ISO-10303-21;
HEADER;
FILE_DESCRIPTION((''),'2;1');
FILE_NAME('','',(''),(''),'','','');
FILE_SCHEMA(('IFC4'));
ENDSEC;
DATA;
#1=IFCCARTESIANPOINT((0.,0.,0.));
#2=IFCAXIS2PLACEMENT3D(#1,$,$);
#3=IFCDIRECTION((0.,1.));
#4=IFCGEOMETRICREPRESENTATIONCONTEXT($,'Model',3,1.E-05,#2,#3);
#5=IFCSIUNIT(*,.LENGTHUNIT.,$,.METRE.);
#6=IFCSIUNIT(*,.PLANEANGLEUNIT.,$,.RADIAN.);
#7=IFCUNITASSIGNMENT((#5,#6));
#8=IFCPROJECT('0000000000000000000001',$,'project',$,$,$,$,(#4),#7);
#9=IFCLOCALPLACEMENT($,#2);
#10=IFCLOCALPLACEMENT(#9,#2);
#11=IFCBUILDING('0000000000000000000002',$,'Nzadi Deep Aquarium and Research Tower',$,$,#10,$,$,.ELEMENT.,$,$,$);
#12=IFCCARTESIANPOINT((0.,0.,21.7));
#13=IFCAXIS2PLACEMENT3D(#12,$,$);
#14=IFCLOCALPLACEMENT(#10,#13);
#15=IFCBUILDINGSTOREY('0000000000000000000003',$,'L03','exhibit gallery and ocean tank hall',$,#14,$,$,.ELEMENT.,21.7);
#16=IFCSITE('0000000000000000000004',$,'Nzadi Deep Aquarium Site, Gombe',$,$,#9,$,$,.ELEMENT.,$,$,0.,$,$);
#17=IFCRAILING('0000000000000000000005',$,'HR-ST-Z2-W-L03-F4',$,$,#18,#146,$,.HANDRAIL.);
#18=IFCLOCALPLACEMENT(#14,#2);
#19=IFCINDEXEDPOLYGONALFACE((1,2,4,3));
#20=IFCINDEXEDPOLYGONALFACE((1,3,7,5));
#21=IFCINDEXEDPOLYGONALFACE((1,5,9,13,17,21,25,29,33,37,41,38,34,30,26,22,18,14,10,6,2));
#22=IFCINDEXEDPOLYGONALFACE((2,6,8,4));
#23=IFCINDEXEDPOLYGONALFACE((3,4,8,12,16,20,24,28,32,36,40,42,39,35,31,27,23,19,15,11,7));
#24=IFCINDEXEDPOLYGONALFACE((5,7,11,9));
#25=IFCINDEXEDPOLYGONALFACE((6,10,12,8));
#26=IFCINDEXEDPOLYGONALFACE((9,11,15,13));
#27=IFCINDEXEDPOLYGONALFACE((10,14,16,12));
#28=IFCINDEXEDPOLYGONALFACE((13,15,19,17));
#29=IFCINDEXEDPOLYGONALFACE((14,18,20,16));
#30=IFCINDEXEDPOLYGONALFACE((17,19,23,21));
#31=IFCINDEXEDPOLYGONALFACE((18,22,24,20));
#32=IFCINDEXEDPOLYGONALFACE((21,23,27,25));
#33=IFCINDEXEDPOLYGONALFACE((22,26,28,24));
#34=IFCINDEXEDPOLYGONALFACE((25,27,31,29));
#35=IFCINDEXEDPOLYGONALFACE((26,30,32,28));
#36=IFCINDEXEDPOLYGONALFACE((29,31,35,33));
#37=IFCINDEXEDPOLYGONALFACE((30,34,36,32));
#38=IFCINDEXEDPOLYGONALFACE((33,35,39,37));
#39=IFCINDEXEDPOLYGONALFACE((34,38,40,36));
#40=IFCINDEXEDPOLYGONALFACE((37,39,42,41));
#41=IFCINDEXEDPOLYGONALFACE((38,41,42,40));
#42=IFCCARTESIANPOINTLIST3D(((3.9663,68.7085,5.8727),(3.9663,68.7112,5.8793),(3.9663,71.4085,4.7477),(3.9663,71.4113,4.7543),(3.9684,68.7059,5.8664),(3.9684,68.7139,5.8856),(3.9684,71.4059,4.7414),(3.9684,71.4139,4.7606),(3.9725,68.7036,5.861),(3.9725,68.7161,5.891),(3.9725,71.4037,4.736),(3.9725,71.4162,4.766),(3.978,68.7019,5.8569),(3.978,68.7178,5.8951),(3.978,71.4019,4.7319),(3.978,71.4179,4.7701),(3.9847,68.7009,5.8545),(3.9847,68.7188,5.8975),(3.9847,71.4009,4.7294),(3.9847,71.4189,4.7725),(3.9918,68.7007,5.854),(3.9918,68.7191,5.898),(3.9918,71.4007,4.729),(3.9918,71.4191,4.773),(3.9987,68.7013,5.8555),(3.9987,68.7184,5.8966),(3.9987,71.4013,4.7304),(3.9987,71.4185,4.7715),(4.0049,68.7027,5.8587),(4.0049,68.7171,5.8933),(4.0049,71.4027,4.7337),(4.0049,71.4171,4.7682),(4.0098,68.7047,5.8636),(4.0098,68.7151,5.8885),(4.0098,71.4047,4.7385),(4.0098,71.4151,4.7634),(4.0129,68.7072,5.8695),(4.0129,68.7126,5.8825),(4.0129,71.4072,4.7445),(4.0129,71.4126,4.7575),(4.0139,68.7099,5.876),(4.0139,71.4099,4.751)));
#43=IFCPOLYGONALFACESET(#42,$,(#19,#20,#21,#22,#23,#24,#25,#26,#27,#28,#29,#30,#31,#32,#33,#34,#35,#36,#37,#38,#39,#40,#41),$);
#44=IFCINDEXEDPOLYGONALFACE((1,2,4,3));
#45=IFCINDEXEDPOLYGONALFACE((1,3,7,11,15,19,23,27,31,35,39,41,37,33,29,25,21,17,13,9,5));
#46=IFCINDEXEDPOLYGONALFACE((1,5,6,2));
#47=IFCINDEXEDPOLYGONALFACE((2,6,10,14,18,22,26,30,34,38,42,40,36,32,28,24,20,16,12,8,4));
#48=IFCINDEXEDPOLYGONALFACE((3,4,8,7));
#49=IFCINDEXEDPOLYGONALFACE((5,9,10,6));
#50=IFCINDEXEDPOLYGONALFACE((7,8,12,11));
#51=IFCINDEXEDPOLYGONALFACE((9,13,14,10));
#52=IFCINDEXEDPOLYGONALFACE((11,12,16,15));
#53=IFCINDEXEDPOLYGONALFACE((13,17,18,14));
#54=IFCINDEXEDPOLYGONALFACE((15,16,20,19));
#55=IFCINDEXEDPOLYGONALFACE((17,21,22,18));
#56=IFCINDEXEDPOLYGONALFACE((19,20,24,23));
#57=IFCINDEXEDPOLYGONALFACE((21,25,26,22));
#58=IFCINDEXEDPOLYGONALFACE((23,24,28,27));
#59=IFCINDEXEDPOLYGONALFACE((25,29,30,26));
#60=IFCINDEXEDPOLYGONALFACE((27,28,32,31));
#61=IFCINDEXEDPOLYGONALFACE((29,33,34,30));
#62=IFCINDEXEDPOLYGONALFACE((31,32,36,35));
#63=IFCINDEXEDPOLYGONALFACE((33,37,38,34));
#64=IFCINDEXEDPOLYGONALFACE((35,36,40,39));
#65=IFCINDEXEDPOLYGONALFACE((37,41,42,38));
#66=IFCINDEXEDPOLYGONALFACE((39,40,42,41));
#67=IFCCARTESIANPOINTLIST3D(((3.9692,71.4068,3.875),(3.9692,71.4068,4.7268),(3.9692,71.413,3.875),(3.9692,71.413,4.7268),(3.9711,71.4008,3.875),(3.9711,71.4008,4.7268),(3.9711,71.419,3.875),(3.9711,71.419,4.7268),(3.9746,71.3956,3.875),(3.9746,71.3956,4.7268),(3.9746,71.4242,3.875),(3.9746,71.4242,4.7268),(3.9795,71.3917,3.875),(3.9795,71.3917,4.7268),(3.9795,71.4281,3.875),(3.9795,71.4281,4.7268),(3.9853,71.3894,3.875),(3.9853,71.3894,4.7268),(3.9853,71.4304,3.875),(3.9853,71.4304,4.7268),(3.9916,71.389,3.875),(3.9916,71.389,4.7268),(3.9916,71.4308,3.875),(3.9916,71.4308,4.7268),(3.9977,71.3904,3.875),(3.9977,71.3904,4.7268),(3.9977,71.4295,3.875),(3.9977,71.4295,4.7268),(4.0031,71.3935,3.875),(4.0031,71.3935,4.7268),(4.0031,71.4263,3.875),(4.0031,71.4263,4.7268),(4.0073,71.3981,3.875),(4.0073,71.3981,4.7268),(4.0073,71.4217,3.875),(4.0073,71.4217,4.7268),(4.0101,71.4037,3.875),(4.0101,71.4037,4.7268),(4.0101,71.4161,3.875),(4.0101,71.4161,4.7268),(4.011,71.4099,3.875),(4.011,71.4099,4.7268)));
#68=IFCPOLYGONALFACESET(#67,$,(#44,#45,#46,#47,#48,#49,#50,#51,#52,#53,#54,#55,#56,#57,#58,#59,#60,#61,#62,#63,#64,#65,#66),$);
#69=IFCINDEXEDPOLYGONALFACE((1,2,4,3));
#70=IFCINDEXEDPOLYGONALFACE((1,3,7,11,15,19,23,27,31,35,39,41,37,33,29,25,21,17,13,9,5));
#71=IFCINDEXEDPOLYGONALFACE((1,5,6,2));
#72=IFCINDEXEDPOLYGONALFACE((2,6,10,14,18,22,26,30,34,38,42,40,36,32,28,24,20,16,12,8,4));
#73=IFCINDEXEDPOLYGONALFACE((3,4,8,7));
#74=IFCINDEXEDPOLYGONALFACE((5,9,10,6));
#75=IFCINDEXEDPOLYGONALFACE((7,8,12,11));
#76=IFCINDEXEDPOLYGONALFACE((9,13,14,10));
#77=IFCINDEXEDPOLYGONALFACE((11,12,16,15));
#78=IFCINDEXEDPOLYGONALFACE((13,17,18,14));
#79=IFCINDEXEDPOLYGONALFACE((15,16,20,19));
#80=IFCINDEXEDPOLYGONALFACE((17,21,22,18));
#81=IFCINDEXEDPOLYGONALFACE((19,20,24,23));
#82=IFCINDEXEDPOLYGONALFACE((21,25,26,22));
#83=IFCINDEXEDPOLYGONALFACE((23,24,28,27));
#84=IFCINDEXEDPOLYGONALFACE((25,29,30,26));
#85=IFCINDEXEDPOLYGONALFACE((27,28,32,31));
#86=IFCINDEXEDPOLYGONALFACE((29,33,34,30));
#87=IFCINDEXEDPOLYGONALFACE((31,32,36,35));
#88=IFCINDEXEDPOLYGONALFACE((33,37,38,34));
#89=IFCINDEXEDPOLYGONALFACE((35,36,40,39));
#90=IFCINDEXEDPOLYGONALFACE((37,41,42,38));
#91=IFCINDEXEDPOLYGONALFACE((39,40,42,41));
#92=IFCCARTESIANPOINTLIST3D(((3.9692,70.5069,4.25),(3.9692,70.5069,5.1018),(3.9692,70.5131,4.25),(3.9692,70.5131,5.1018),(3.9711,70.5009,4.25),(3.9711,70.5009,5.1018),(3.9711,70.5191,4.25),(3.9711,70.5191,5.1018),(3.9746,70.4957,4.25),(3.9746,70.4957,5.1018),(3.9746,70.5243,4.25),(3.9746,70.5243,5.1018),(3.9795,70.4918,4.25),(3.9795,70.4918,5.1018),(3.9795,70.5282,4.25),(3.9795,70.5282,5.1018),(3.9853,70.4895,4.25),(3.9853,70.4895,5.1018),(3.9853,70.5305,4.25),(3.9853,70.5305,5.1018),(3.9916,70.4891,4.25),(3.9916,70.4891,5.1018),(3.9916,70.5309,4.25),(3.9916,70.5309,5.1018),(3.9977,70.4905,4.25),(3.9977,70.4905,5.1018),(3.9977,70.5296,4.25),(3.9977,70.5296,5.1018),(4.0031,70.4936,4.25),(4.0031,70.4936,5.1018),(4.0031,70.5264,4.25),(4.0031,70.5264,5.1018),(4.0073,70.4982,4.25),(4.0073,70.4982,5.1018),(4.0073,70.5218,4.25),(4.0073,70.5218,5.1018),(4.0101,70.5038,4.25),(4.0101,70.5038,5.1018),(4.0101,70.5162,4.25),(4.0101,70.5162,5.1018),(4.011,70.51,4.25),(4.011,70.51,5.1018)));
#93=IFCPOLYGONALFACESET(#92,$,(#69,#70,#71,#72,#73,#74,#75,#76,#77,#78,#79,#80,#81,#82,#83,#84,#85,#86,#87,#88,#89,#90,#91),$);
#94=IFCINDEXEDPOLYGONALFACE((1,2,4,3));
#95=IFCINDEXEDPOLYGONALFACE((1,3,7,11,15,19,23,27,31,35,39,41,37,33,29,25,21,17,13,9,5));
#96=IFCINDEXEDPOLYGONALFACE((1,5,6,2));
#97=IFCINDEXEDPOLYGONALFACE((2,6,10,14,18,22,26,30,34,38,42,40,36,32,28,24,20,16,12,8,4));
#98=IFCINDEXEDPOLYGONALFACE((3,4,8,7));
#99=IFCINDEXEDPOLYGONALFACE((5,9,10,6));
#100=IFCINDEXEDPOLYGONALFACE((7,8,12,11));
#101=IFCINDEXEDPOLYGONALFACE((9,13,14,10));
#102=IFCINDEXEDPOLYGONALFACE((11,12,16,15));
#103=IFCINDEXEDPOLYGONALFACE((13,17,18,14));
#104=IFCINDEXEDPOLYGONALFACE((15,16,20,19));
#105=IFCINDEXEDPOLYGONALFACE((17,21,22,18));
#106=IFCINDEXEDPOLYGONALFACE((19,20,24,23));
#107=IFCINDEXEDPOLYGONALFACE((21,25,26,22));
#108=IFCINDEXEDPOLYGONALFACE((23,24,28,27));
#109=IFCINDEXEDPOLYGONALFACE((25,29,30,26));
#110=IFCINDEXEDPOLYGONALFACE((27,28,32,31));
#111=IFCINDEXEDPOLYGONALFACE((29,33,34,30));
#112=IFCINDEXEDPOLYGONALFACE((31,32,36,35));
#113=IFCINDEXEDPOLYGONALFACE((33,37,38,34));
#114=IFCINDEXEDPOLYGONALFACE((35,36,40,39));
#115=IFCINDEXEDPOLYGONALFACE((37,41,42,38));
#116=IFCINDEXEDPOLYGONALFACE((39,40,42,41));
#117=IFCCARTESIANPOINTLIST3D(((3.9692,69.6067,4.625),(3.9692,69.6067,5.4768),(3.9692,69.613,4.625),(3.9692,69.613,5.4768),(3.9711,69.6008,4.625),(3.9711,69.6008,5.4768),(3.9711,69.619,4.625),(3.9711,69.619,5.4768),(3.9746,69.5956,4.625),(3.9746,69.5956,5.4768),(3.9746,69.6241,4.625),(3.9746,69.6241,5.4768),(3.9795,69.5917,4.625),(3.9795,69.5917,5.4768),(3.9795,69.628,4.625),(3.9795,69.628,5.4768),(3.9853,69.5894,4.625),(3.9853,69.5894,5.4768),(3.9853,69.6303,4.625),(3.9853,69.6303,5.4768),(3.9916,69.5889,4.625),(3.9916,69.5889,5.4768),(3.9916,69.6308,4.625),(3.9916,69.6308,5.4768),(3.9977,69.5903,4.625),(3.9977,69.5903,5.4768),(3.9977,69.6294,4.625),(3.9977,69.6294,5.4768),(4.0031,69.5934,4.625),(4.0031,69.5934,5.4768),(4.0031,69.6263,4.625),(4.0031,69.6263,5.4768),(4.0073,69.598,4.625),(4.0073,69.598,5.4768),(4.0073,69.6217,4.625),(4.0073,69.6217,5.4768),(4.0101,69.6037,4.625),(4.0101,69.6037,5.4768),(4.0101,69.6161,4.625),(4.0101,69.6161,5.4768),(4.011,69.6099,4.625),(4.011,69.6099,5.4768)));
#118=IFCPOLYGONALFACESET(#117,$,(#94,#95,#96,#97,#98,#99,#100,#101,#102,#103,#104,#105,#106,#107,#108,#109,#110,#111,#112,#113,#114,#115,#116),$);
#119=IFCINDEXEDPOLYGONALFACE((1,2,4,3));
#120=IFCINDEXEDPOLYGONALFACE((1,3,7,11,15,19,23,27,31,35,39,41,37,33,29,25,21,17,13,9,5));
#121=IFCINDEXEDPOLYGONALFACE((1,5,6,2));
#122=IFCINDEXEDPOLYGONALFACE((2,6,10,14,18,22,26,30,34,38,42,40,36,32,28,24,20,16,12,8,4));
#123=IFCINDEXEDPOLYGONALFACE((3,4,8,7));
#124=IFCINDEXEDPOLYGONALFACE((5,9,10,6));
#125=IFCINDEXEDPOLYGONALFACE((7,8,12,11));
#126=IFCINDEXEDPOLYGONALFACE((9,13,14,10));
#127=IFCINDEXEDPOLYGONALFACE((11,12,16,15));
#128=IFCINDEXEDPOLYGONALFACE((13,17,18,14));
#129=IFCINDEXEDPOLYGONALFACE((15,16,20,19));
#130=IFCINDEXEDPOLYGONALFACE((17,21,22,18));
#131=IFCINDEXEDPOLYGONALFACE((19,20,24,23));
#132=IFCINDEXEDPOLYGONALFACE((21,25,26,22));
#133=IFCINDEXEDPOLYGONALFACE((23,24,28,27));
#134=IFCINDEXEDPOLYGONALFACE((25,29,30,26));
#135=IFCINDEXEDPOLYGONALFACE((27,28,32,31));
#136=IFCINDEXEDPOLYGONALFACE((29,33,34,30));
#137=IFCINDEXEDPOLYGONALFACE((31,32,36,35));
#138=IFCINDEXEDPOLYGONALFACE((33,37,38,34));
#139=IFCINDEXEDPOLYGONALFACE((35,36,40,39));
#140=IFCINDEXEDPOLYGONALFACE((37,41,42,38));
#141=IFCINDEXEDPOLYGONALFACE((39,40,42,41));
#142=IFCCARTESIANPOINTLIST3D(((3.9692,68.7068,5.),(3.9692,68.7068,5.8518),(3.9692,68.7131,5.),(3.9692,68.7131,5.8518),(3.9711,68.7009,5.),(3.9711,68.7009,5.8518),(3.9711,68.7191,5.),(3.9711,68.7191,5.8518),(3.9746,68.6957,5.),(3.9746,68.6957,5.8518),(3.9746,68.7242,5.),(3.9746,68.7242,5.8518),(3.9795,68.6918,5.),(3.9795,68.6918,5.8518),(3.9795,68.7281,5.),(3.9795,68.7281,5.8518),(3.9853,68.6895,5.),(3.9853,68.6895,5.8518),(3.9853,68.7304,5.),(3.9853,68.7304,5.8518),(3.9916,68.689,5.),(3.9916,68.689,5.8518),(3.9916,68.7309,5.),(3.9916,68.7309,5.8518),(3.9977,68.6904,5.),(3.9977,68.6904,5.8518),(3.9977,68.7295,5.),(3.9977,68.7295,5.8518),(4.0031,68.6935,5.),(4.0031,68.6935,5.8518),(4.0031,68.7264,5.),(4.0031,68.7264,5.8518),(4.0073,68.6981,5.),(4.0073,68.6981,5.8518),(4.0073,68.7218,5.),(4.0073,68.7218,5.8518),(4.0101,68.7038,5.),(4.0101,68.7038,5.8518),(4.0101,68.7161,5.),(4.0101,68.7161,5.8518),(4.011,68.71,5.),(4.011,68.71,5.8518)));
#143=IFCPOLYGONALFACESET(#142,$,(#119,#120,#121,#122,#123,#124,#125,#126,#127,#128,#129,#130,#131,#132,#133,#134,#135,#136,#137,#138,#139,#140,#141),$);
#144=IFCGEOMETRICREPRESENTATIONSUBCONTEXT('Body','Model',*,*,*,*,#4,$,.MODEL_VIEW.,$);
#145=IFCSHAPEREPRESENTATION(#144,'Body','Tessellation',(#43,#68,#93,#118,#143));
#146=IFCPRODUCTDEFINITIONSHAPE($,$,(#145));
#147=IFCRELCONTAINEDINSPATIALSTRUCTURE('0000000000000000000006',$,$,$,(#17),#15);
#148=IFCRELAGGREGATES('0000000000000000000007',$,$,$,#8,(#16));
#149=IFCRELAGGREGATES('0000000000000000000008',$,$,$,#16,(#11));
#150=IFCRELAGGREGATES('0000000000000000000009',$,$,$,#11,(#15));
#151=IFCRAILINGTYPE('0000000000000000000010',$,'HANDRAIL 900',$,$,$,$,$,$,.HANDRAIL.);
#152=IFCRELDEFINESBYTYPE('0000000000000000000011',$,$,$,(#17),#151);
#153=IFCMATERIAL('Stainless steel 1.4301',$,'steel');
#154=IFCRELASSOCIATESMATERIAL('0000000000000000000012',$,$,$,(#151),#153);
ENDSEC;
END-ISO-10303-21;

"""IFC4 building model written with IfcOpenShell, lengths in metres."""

from ifc_helpers import new_model, si_unit, direction, frame, origin, origin_2d, place, context, subcontext, project, spatial, circle, extrude, material, type_object, element, save


model = new_model("IFC4")

# Units and contexts
model_context = context("Model", 3, precision=1e-05, world=origin(), true_north=direction((0.0, 1.0)))
body_context = subcontext(model_context, "Body", "Model", "MODEL_VIEW")
ifc_project = project(units=[si_unit("LENGTHUNIT", "METRE"), si_unit("PLANEANGLEUNIT", "RADIAN")], contexts=[model_context])

# Site, building, storey
site_placement = place(None, origin())
site = spatial("IfcSite", under=ifc_project, at=site_placement, Name="Nzadi Deep Aquarium Site, Gombe", CompositionType="ELEMENT", RefElevation=0.0)
building_placement = place(site_placement, origin())
building = spatial("IfcBuilding", under=site, at=building_placement, Name="Nzadi Deep Aquarium and Research Tower", CompositionType="ELEMENT")
storey_placement = place(building_placement, frame((0.0, 0.0, 21.7)))
storey = spatial("IfcBuildingStorey", under=building, at=storey_placement, Name="L03", Description="exhibit gallery and ocean tank hall", CompositionType="ELEMENT", Elevation=21.7)

# Railing
ifc_material_1 = material(Name="Stainless steel 1.4301", Category="steel")
railing_type = type_object("IfcRailingType", Name="HANDRAIL 900", PredefinedType="HANDRAIL", material=ifc_material_1)
for number, where, name in (
    (1, (3.99, 71.4099, 3.875), "HR-ST-Z2-W-L03-F4"),
):
    element("IfcRailing", number, at=place(storey_placement, frame(where)), inside=storey, type_object=railing_type, Name=name, PredefinedType="HANDRAIL", context=body_context, shape_type="SweptSolid", body=[
        extrude(circle(Radius=0.0239, at=origin_2d()), frame((0.0, 0.0, 0.876), z_axis=(0.0, -0.923074, 0.384621), x_axis=(1.0, 0.0, 0.0)), (0.0, 0.0, 1.0), 2.925),
        extrude(circle(Radius=0.021, at=origin_2d()), origin(), (0.0, 0.0, 1.0), 0.8518),
        extrude(circle(Radius=0.021, at=origin_2d()), frame((0.0, -0.8999, 0.375)), (0.0, 0.0, 1.0), 0.8518),
        extrude(circle(Radius=0.021, at=origin_2d()), frame((0.0, -1.8, 0.75)), (0.0, 0.0, 1.0), 0.8518),
        extrude(circle(Radius=0.021, at=origin_2d()), frame((0.0, -2.7, 1.125)), (0.0, 0.0, 1.0), 0.8518),
    ])

save(model, "model.ifc")
